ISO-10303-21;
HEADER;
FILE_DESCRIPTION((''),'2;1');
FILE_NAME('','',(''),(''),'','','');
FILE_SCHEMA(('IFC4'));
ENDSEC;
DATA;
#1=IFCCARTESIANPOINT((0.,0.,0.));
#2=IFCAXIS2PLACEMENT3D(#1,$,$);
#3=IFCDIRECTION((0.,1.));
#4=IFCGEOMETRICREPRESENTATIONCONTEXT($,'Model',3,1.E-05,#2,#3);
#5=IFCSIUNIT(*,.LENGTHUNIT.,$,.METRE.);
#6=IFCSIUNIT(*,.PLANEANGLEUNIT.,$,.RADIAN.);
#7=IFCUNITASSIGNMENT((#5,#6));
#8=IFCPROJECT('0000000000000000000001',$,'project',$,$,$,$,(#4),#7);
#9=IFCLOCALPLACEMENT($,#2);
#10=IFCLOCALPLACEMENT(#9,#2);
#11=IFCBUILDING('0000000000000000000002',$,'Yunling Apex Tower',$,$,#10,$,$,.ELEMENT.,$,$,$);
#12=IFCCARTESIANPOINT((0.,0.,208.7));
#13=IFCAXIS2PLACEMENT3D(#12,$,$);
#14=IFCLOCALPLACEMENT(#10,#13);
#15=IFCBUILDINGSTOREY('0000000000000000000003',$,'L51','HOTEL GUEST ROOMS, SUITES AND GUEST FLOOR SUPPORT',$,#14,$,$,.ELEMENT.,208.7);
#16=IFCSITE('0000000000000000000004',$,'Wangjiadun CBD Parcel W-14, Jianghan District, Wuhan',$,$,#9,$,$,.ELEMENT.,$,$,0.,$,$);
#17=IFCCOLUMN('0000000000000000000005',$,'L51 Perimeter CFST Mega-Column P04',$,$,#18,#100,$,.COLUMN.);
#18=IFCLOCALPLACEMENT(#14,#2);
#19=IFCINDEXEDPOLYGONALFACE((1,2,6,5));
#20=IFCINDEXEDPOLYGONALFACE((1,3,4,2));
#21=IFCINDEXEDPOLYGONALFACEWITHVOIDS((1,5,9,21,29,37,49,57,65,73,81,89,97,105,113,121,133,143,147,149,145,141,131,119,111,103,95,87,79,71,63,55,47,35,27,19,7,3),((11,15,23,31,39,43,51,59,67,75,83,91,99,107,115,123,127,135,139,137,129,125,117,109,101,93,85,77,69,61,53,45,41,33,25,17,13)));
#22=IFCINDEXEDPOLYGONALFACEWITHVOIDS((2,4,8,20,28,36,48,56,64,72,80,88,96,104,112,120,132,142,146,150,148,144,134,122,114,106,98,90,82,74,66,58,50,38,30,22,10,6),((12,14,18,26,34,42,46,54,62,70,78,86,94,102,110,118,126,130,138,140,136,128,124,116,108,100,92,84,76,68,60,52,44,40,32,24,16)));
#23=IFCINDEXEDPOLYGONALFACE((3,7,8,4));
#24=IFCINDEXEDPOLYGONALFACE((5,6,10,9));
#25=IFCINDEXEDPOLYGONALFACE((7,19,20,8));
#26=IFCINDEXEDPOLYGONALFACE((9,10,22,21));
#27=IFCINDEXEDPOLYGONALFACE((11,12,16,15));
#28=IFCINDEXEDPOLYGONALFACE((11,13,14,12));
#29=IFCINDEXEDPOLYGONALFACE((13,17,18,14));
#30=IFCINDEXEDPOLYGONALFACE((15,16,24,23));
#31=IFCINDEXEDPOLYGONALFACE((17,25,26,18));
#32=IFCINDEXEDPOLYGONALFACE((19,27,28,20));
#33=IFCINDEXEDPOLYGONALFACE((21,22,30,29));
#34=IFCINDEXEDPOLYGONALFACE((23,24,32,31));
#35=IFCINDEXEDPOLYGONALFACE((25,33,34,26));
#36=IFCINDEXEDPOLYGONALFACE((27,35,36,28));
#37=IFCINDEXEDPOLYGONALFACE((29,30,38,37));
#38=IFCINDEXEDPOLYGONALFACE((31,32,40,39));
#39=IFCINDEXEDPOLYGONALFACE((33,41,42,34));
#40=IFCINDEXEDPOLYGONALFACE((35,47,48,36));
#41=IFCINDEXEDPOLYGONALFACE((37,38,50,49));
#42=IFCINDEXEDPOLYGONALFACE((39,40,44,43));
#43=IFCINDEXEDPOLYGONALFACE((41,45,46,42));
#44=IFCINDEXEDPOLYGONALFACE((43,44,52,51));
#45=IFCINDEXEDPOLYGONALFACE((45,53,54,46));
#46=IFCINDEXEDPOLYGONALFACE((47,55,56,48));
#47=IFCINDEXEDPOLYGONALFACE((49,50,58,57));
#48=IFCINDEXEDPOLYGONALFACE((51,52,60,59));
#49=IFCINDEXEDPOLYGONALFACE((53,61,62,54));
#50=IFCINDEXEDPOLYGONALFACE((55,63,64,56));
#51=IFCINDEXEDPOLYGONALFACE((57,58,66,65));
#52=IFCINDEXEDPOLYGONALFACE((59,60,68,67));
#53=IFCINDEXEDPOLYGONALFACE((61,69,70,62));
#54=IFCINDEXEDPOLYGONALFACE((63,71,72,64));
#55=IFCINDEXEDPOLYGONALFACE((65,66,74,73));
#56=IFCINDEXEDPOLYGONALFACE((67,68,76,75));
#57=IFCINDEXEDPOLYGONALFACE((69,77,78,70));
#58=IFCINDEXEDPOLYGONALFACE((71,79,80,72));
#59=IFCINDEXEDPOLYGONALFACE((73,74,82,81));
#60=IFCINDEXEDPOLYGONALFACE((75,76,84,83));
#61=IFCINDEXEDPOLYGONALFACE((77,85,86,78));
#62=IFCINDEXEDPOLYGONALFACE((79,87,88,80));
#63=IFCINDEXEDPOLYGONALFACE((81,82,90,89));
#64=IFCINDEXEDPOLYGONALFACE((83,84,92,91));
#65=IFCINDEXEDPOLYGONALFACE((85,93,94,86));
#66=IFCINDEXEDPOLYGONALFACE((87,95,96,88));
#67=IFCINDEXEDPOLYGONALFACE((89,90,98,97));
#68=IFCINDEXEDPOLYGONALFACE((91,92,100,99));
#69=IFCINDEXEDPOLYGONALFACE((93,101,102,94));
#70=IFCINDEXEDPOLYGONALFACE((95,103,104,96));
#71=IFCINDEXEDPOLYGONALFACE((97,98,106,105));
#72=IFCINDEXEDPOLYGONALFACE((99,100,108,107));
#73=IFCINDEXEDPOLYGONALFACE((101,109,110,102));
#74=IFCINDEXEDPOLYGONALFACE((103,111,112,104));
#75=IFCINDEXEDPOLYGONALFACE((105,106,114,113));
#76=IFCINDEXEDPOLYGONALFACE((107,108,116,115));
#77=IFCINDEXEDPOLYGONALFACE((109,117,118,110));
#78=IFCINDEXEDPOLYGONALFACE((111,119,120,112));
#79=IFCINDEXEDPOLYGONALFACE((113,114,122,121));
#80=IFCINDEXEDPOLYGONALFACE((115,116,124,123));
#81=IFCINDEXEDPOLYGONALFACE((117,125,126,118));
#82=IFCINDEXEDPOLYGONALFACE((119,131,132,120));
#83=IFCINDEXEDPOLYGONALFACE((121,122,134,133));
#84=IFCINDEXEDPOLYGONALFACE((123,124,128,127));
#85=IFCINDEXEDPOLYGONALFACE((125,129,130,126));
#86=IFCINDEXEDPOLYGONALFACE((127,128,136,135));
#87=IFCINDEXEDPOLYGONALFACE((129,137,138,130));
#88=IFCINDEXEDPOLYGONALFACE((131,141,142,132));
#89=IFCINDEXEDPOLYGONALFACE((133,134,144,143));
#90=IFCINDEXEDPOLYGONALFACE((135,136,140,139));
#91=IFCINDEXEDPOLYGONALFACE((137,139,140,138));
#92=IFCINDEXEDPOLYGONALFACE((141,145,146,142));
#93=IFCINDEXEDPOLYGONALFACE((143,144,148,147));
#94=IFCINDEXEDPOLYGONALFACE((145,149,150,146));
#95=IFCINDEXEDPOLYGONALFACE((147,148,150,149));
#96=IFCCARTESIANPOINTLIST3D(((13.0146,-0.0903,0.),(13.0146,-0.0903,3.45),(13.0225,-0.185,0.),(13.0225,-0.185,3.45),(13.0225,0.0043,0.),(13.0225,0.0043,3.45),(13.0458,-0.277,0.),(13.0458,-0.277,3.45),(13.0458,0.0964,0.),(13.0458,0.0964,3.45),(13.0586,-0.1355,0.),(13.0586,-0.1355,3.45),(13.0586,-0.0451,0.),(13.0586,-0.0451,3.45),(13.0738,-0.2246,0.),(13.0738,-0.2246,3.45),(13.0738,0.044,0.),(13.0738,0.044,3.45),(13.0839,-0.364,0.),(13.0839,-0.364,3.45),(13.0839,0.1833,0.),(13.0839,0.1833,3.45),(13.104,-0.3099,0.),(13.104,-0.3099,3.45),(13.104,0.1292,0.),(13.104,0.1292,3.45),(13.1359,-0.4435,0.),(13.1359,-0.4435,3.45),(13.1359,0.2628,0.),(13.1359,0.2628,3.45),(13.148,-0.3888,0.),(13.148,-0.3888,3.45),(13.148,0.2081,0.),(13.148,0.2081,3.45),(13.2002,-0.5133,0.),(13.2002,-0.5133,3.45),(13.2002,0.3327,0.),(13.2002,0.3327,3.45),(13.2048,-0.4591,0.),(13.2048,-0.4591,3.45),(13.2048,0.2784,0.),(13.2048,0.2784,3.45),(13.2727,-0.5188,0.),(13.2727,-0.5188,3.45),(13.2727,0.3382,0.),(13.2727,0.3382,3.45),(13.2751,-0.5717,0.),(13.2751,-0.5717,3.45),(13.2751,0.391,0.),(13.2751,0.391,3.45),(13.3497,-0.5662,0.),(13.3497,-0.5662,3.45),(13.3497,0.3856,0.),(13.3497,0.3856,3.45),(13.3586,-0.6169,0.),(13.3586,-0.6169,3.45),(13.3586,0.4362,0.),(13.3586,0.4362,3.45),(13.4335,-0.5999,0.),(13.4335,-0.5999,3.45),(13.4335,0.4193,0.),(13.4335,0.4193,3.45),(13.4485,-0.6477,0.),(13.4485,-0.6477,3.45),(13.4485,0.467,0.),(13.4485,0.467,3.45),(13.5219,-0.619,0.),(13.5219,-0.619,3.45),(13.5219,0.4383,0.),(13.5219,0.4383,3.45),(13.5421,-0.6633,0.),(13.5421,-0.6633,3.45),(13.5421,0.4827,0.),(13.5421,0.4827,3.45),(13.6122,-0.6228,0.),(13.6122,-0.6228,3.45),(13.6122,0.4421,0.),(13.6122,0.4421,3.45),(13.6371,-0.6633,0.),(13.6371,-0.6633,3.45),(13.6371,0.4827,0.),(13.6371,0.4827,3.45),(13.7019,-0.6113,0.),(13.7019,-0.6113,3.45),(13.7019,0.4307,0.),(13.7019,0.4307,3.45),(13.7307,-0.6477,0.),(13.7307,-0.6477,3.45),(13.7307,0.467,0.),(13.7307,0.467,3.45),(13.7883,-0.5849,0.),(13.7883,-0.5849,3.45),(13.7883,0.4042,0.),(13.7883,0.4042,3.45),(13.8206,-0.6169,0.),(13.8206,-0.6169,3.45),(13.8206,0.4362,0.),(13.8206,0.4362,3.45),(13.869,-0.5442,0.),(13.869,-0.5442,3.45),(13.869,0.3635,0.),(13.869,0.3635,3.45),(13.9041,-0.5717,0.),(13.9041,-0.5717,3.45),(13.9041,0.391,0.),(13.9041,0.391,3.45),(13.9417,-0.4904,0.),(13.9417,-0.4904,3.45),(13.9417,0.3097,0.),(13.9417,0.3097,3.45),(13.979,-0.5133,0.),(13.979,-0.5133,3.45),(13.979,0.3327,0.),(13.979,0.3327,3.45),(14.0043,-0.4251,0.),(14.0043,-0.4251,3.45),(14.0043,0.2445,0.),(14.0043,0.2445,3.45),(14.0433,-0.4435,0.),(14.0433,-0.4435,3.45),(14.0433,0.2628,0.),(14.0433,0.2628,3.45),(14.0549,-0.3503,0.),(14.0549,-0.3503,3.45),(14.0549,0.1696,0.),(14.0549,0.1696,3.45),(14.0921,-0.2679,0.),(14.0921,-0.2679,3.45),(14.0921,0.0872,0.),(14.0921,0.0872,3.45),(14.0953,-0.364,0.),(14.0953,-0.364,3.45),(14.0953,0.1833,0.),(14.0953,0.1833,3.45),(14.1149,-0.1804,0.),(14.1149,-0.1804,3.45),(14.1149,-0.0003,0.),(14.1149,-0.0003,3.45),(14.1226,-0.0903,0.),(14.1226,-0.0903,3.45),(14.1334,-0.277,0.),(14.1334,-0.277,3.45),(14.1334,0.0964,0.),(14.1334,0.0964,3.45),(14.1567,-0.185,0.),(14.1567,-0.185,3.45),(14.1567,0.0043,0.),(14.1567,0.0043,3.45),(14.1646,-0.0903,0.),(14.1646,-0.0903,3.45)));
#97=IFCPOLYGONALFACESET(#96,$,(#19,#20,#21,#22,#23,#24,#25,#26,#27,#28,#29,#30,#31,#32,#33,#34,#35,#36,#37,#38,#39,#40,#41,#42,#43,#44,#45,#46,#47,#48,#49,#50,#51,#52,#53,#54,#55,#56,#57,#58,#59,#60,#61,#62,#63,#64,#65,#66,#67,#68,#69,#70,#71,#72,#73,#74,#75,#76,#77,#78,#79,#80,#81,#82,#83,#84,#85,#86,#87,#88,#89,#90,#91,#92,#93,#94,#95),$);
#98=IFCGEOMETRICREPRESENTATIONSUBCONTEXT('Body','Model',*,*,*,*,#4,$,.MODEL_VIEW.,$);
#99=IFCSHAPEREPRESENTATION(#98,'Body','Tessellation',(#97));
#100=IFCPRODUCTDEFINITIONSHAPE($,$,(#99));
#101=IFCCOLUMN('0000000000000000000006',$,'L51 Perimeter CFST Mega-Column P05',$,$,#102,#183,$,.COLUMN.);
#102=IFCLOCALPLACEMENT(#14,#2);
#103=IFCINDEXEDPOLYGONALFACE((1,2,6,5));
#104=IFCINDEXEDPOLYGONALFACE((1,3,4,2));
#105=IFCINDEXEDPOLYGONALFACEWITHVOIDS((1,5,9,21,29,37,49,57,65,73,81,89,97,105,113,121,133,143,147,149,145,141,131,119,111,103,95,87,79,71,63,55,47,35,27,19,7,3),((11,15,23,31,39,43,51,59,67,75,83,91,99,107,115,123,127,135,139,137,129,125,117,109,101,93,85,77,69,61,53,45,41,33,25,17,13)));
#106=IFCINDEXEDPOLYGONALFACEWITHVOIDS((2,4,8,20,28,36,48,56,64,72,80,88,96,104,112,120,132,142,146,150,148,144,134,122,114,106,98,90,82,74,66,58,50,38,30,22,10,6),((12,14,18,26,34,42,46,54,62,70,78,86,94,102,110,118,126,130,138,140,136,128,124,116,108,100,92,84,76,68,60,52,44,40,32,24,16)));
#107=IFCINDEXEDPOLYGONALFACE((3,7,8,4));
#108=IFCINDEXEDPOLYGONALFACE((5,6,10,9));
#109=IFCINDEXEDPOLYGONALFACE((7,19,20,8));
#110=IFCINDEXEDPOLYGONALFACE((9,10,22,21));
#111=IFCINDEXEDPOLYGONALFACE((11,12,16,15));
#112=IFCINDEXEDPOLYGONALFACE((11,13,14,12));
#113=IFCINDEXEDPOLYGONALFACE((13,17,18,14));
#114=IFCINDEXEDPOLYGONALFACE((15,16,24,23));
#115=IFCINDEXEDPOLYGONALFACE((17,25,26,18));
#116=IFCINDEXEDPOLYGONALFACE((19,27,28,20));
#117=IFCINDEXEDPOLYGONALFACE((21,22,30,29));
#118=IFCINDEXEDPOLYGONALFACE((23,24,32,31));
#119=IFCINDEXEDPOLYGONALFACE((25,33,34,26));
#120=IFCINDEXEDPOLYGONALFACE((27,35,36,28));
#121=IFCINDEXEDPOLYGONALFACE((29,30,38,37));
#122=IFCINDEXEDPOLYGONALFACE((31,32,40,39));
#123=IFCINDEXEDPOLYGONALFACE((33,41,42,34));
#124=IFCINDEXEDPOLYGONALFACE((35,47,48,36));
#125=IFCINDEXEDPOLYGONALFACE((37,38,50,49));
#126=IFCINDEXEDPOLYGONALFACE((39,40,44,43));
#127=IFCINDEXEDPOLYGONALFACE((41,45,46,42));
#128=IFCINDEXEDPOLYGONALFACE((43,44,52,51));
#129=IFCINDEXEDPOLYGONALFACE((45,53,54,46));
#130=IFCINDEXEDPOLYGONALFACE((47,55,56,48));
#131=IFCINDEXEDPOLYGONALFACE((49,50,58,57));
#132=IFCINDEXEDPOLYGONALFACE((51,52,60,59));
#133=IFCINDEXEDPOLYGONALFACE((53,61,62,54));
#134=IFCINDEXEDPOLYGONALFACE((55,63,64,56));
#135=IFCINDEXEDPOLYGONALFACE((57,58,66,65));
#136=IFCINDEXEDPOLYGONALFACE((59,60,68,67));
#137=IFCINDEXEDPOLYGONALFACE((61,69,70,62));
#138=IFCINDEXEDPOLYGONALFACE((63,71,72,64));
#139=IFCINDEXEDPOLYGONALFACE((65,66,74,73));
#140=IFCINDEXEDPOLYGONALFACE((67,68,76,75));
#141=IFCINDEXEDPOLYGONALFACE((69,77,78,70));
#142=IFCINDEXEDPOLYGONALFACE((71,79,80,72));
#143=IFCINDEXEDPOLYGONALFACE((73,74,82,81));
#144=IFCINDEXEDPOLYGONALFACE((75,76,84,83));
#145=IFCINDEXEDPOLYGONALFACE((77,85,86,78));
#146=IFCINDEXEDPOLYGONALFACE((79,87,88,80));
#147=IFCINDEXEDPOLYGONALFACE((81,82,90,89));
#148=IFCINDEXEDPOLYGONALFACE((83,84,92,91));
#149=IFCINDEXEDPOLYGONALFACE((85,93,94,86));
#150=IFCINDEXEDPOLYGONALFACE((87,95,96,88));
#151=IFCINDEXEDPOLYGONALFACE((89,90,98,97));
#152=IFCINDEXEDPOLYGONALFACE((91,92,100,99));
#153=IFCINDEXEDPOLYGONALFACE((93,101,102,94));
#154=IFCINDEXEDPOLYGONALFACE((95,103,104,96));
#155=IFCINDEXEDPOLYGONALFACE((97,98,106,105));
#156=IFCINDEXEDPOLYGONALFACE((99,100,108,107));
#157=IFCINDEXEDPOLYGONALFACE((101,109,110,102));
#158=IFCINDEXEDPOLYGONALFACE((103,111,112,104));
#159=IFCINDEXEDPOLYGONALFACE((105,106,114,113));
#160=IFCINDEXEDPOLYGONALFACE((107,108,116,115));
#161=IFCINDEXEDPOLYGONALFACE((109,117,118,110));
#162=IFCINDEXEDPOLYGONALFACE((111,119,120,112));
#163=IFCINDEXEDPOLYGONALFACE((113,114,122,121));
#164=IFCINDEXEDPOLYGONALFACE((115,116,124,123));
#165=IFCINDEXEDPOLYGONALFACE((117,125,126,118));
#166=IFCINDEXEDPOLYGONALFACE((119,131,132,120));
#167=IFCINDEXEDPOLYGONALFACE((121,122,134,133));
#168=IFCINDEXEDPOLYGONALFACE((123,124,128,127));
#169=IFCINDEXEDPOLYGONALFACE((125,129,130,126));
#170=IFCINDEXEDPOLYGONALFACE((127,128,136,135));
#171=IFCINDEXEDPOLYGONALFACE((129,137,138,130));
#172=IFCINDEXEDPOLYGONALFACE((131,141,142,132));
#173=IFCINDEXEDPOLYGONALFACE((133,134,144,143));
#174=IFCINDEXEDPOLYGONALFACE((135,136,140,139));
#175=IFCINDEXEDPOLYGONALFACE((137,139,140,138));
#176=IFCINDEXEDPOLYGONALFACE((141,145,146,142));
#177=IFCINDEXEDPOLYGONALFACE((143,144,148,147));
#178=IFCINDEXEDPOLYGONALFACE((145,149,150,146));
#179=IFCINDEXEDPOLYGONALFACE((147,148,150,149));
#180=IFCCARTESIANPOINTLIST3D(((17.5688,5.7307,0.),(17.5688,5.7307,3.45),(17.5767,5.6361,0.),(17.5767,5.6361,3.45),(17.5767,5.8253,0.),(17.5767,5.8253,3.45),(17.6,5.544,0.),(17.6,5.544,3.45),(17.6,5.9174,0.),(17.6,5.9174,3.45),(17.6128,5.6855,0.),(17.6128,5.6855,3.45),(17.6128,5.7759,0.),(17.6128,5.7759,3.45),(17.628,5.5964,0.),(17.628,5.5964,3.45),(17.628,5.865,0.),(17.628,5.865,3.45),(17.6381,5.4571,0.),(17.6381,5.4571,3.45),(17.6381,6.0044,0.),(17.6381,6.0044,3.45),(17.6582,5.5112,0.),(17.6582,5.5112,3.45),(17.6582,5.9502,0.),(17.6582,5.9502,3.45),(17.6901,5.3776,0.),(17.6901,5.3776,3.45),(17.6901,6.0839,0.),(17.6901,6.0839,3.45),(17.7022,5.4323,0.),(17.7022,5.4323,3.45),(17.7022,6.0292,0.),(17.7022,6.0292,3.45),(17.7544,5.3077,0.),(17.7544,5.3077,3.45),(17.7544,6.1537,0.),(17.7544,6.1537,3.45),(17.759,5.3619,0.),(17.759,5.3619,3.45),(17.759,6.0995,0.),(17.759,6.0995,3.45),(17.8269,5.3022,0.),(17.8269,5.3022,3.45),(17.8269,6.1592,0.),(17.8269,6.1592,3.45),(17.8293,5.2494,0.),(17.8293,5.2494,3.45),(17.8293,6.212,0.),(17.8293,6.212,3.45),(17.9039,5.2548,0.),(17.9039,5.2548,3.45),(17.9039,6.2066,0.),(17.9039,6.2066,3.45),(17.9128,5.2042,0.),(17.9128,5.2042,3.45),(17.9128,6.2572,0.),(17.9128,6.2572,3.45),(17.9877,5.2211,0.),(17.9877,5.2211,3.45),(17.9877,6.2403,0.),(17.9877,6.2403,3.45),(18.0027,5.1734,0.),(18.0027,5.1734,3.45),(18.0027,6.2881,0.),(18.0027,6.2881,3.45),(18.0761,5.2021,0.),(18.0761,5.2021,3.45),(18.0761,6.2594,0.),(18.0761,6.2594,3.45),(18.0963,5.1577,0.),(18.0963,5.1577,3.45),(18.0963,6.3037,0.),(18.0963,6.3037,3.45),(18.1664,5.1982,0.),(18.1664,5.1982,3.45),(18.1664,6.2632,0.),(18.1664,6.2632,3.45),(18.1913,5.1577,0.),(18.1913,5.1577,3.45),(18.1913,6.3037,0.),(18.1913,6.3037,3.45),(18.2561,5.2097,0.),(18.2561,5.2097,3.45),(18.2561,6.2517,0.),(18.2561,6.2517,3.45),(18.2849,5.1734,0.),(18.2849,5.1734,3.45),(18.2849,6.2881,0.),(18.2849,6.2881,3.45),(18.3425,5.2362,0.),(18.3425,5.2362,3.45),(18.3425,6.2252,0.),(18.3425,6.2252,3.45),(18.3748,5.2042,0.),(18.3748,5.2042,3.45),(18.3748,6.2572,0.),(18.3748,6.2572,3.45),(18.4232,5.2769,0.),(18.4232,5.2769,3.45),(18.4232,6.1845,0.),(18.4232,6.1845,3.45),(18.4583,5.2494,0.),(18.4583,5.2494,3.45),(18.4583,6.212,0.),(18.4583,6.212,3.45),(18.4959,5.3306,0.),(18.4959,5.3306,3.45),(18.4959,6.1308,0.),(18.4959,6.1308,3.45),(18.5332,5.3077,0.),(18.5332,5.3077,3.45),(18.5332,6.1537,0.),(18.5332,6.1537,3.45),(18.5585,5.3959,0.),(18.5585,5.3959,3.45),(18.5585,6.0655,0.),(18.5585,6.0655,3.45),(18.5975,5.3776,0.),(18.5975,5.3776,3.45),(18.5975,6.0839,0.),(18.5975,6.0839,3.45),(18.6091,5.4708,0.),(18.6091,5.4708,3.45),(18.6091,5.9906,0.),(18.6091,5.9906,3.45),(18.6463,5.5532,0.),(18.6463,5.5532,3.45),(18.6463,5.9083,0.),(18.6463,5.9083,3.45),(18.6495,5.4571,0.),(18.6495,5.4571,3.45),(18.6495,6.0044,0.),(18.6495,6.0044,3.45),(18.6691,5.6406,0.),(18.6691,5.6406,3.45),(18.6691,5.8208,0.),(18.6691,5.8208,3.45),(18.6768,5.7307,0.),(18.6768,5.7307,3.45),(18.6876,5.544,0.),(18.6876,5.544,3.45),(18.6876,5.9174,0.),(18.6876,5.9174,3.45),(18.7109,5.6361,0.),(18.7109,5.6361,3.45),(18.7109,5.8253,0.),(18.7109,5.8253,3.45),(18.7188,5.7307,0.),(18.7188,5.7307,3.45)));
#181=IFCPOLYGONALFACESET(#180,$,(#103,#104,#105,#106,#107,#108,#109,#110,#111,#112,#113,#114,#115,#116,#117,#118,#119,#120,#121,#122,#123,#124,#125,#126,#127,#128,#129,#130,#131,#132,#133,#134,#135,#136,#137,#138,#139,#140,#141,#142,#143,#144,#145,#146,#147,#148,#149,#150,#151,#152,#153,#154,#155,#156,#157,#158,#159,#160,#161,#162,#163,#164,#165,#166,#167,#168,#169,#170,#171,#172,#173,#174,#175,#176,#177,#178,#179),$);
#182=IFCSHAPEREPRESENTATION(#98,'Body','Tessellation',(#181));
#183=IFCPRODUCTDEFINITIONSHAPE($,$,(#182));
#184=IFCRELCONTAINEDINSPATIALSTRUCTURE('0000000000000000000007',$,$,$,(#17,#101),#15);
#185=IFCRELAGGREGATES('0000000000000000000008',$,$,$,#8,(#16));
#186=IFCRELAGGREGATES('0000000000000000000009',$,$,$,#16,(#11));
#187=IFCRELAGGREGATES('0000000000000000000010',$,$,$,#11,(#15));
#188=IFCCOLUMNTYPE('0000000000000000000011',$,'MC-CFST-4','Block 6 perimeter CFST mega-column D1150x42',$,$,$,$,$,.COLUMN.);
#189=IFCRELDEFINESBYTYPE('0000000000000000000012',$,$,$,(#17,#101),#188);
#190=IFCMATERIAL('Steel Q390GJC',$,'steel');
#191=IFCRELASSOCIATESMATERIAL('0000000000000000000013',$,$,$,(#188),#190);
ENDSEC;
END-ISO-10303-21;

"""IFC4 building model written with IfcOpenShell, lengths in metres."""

from ifc_helpers import new_model, si_unit, direction, frame, origin, origin_2d, place, context, subcontext, project, spatial, hollow_circle, extrude, source, transform, mapped, material, material_profile, profile_set, type_object, element, save


model = new_model("IFC4")

# Units and contexts
model_context = context("Model", 3, precision=1e-05, world=origin(), true_north=direction((0.0, 1.0)))
body_context = subcontext(model_context, "Body", "Model", "MODEL_VIEW")
ifc_project = project(units=[si_unit("LENGTHUNIT", "METRE"), si_unit("PLANEANGLEUNIT", "RADIAN")], contexts=[model_context])

# Site, building, storey
site_placement = place(None, origin())
site = spatial("IfcSite", under=ifc_project, at=site_placement, Name="Wangjiadun CBD Parcel W-14, Jianghan District, Wuhan", CompositionType="ELEMENT", RefElevation=0.0)
building_placement = place(site_placement, origin())
building = spatial("IfcBuilding", under=site, at=building_placement, Name="Yunling Apex Tower", CompositionType="ELEMENT")
storey_placement = place(building_placement, frame((0.0, 0.0, 208.7)))
storey = spatial("IfcBuildingStorey", under=building, at=storey_placement, Name="L51", Description="HOTEL GUEST ROOMS, SUITES AND GUEST FLOOR SUPPORT", CompositionType="ELEMENT", Elevation=208.7)

# Columns
ifc_material_1 = material(Name="Steel Q390GJC", Category="steel")
ifc_material_profile_1 = material_profile(ifc_material_1, hollow_circle(Radius=0.575, WallThickness=0.042, at=origin_2d()))
ifc_profile_set_1 = profile_set([ifc_material_profile_1], Name="Steel Q390GJC")
column_type = type_object("IfcColumnType", Name="MC-CFST-4", Description="Block 6 perimeter CFST mega-column D1150x42", PredefinedType="COLUMN", material=ifc_profile_set_1)
shared_shape_1 = source(origin(), body_context, "Body", "SweptSolid", [
    extrude(hollow_circle(Radius=0.575, WallThickness=0.042, at=origin_2d()), origin(), (0.0, 0.0, 1.0), 3.45),
])
for number, where, z_axis, x_axis, name in (
    (1, (13.5896, -0.0903, 0.0), (0.0, 0.0, 1.0), (1.0, 0.0, 0.0), "L51 Perimeter CFST Mega-Column P04"),
    (2, (18.1438, 5.7307, 0.0), (0.0, 0.0, 1.0), (1.0, 0.0, 0.0), "L51 Perimeter CFST Mega-Column P05"),
):
    element("IfcColumn", number, at=place(storey_placement, frame(where, z_axis=z_axis, x_axis=x_axis)), inside=storey, type_object=column_type, Name=name, PredefinedType="COLUMN", context=body_context, shape_type="MappedRepresentation", body=[
        mapped(shared_shape_1, transform((0.0, 0.0, 0.0), scale=1.0)),
    ])

save(model, "model.ifc")
